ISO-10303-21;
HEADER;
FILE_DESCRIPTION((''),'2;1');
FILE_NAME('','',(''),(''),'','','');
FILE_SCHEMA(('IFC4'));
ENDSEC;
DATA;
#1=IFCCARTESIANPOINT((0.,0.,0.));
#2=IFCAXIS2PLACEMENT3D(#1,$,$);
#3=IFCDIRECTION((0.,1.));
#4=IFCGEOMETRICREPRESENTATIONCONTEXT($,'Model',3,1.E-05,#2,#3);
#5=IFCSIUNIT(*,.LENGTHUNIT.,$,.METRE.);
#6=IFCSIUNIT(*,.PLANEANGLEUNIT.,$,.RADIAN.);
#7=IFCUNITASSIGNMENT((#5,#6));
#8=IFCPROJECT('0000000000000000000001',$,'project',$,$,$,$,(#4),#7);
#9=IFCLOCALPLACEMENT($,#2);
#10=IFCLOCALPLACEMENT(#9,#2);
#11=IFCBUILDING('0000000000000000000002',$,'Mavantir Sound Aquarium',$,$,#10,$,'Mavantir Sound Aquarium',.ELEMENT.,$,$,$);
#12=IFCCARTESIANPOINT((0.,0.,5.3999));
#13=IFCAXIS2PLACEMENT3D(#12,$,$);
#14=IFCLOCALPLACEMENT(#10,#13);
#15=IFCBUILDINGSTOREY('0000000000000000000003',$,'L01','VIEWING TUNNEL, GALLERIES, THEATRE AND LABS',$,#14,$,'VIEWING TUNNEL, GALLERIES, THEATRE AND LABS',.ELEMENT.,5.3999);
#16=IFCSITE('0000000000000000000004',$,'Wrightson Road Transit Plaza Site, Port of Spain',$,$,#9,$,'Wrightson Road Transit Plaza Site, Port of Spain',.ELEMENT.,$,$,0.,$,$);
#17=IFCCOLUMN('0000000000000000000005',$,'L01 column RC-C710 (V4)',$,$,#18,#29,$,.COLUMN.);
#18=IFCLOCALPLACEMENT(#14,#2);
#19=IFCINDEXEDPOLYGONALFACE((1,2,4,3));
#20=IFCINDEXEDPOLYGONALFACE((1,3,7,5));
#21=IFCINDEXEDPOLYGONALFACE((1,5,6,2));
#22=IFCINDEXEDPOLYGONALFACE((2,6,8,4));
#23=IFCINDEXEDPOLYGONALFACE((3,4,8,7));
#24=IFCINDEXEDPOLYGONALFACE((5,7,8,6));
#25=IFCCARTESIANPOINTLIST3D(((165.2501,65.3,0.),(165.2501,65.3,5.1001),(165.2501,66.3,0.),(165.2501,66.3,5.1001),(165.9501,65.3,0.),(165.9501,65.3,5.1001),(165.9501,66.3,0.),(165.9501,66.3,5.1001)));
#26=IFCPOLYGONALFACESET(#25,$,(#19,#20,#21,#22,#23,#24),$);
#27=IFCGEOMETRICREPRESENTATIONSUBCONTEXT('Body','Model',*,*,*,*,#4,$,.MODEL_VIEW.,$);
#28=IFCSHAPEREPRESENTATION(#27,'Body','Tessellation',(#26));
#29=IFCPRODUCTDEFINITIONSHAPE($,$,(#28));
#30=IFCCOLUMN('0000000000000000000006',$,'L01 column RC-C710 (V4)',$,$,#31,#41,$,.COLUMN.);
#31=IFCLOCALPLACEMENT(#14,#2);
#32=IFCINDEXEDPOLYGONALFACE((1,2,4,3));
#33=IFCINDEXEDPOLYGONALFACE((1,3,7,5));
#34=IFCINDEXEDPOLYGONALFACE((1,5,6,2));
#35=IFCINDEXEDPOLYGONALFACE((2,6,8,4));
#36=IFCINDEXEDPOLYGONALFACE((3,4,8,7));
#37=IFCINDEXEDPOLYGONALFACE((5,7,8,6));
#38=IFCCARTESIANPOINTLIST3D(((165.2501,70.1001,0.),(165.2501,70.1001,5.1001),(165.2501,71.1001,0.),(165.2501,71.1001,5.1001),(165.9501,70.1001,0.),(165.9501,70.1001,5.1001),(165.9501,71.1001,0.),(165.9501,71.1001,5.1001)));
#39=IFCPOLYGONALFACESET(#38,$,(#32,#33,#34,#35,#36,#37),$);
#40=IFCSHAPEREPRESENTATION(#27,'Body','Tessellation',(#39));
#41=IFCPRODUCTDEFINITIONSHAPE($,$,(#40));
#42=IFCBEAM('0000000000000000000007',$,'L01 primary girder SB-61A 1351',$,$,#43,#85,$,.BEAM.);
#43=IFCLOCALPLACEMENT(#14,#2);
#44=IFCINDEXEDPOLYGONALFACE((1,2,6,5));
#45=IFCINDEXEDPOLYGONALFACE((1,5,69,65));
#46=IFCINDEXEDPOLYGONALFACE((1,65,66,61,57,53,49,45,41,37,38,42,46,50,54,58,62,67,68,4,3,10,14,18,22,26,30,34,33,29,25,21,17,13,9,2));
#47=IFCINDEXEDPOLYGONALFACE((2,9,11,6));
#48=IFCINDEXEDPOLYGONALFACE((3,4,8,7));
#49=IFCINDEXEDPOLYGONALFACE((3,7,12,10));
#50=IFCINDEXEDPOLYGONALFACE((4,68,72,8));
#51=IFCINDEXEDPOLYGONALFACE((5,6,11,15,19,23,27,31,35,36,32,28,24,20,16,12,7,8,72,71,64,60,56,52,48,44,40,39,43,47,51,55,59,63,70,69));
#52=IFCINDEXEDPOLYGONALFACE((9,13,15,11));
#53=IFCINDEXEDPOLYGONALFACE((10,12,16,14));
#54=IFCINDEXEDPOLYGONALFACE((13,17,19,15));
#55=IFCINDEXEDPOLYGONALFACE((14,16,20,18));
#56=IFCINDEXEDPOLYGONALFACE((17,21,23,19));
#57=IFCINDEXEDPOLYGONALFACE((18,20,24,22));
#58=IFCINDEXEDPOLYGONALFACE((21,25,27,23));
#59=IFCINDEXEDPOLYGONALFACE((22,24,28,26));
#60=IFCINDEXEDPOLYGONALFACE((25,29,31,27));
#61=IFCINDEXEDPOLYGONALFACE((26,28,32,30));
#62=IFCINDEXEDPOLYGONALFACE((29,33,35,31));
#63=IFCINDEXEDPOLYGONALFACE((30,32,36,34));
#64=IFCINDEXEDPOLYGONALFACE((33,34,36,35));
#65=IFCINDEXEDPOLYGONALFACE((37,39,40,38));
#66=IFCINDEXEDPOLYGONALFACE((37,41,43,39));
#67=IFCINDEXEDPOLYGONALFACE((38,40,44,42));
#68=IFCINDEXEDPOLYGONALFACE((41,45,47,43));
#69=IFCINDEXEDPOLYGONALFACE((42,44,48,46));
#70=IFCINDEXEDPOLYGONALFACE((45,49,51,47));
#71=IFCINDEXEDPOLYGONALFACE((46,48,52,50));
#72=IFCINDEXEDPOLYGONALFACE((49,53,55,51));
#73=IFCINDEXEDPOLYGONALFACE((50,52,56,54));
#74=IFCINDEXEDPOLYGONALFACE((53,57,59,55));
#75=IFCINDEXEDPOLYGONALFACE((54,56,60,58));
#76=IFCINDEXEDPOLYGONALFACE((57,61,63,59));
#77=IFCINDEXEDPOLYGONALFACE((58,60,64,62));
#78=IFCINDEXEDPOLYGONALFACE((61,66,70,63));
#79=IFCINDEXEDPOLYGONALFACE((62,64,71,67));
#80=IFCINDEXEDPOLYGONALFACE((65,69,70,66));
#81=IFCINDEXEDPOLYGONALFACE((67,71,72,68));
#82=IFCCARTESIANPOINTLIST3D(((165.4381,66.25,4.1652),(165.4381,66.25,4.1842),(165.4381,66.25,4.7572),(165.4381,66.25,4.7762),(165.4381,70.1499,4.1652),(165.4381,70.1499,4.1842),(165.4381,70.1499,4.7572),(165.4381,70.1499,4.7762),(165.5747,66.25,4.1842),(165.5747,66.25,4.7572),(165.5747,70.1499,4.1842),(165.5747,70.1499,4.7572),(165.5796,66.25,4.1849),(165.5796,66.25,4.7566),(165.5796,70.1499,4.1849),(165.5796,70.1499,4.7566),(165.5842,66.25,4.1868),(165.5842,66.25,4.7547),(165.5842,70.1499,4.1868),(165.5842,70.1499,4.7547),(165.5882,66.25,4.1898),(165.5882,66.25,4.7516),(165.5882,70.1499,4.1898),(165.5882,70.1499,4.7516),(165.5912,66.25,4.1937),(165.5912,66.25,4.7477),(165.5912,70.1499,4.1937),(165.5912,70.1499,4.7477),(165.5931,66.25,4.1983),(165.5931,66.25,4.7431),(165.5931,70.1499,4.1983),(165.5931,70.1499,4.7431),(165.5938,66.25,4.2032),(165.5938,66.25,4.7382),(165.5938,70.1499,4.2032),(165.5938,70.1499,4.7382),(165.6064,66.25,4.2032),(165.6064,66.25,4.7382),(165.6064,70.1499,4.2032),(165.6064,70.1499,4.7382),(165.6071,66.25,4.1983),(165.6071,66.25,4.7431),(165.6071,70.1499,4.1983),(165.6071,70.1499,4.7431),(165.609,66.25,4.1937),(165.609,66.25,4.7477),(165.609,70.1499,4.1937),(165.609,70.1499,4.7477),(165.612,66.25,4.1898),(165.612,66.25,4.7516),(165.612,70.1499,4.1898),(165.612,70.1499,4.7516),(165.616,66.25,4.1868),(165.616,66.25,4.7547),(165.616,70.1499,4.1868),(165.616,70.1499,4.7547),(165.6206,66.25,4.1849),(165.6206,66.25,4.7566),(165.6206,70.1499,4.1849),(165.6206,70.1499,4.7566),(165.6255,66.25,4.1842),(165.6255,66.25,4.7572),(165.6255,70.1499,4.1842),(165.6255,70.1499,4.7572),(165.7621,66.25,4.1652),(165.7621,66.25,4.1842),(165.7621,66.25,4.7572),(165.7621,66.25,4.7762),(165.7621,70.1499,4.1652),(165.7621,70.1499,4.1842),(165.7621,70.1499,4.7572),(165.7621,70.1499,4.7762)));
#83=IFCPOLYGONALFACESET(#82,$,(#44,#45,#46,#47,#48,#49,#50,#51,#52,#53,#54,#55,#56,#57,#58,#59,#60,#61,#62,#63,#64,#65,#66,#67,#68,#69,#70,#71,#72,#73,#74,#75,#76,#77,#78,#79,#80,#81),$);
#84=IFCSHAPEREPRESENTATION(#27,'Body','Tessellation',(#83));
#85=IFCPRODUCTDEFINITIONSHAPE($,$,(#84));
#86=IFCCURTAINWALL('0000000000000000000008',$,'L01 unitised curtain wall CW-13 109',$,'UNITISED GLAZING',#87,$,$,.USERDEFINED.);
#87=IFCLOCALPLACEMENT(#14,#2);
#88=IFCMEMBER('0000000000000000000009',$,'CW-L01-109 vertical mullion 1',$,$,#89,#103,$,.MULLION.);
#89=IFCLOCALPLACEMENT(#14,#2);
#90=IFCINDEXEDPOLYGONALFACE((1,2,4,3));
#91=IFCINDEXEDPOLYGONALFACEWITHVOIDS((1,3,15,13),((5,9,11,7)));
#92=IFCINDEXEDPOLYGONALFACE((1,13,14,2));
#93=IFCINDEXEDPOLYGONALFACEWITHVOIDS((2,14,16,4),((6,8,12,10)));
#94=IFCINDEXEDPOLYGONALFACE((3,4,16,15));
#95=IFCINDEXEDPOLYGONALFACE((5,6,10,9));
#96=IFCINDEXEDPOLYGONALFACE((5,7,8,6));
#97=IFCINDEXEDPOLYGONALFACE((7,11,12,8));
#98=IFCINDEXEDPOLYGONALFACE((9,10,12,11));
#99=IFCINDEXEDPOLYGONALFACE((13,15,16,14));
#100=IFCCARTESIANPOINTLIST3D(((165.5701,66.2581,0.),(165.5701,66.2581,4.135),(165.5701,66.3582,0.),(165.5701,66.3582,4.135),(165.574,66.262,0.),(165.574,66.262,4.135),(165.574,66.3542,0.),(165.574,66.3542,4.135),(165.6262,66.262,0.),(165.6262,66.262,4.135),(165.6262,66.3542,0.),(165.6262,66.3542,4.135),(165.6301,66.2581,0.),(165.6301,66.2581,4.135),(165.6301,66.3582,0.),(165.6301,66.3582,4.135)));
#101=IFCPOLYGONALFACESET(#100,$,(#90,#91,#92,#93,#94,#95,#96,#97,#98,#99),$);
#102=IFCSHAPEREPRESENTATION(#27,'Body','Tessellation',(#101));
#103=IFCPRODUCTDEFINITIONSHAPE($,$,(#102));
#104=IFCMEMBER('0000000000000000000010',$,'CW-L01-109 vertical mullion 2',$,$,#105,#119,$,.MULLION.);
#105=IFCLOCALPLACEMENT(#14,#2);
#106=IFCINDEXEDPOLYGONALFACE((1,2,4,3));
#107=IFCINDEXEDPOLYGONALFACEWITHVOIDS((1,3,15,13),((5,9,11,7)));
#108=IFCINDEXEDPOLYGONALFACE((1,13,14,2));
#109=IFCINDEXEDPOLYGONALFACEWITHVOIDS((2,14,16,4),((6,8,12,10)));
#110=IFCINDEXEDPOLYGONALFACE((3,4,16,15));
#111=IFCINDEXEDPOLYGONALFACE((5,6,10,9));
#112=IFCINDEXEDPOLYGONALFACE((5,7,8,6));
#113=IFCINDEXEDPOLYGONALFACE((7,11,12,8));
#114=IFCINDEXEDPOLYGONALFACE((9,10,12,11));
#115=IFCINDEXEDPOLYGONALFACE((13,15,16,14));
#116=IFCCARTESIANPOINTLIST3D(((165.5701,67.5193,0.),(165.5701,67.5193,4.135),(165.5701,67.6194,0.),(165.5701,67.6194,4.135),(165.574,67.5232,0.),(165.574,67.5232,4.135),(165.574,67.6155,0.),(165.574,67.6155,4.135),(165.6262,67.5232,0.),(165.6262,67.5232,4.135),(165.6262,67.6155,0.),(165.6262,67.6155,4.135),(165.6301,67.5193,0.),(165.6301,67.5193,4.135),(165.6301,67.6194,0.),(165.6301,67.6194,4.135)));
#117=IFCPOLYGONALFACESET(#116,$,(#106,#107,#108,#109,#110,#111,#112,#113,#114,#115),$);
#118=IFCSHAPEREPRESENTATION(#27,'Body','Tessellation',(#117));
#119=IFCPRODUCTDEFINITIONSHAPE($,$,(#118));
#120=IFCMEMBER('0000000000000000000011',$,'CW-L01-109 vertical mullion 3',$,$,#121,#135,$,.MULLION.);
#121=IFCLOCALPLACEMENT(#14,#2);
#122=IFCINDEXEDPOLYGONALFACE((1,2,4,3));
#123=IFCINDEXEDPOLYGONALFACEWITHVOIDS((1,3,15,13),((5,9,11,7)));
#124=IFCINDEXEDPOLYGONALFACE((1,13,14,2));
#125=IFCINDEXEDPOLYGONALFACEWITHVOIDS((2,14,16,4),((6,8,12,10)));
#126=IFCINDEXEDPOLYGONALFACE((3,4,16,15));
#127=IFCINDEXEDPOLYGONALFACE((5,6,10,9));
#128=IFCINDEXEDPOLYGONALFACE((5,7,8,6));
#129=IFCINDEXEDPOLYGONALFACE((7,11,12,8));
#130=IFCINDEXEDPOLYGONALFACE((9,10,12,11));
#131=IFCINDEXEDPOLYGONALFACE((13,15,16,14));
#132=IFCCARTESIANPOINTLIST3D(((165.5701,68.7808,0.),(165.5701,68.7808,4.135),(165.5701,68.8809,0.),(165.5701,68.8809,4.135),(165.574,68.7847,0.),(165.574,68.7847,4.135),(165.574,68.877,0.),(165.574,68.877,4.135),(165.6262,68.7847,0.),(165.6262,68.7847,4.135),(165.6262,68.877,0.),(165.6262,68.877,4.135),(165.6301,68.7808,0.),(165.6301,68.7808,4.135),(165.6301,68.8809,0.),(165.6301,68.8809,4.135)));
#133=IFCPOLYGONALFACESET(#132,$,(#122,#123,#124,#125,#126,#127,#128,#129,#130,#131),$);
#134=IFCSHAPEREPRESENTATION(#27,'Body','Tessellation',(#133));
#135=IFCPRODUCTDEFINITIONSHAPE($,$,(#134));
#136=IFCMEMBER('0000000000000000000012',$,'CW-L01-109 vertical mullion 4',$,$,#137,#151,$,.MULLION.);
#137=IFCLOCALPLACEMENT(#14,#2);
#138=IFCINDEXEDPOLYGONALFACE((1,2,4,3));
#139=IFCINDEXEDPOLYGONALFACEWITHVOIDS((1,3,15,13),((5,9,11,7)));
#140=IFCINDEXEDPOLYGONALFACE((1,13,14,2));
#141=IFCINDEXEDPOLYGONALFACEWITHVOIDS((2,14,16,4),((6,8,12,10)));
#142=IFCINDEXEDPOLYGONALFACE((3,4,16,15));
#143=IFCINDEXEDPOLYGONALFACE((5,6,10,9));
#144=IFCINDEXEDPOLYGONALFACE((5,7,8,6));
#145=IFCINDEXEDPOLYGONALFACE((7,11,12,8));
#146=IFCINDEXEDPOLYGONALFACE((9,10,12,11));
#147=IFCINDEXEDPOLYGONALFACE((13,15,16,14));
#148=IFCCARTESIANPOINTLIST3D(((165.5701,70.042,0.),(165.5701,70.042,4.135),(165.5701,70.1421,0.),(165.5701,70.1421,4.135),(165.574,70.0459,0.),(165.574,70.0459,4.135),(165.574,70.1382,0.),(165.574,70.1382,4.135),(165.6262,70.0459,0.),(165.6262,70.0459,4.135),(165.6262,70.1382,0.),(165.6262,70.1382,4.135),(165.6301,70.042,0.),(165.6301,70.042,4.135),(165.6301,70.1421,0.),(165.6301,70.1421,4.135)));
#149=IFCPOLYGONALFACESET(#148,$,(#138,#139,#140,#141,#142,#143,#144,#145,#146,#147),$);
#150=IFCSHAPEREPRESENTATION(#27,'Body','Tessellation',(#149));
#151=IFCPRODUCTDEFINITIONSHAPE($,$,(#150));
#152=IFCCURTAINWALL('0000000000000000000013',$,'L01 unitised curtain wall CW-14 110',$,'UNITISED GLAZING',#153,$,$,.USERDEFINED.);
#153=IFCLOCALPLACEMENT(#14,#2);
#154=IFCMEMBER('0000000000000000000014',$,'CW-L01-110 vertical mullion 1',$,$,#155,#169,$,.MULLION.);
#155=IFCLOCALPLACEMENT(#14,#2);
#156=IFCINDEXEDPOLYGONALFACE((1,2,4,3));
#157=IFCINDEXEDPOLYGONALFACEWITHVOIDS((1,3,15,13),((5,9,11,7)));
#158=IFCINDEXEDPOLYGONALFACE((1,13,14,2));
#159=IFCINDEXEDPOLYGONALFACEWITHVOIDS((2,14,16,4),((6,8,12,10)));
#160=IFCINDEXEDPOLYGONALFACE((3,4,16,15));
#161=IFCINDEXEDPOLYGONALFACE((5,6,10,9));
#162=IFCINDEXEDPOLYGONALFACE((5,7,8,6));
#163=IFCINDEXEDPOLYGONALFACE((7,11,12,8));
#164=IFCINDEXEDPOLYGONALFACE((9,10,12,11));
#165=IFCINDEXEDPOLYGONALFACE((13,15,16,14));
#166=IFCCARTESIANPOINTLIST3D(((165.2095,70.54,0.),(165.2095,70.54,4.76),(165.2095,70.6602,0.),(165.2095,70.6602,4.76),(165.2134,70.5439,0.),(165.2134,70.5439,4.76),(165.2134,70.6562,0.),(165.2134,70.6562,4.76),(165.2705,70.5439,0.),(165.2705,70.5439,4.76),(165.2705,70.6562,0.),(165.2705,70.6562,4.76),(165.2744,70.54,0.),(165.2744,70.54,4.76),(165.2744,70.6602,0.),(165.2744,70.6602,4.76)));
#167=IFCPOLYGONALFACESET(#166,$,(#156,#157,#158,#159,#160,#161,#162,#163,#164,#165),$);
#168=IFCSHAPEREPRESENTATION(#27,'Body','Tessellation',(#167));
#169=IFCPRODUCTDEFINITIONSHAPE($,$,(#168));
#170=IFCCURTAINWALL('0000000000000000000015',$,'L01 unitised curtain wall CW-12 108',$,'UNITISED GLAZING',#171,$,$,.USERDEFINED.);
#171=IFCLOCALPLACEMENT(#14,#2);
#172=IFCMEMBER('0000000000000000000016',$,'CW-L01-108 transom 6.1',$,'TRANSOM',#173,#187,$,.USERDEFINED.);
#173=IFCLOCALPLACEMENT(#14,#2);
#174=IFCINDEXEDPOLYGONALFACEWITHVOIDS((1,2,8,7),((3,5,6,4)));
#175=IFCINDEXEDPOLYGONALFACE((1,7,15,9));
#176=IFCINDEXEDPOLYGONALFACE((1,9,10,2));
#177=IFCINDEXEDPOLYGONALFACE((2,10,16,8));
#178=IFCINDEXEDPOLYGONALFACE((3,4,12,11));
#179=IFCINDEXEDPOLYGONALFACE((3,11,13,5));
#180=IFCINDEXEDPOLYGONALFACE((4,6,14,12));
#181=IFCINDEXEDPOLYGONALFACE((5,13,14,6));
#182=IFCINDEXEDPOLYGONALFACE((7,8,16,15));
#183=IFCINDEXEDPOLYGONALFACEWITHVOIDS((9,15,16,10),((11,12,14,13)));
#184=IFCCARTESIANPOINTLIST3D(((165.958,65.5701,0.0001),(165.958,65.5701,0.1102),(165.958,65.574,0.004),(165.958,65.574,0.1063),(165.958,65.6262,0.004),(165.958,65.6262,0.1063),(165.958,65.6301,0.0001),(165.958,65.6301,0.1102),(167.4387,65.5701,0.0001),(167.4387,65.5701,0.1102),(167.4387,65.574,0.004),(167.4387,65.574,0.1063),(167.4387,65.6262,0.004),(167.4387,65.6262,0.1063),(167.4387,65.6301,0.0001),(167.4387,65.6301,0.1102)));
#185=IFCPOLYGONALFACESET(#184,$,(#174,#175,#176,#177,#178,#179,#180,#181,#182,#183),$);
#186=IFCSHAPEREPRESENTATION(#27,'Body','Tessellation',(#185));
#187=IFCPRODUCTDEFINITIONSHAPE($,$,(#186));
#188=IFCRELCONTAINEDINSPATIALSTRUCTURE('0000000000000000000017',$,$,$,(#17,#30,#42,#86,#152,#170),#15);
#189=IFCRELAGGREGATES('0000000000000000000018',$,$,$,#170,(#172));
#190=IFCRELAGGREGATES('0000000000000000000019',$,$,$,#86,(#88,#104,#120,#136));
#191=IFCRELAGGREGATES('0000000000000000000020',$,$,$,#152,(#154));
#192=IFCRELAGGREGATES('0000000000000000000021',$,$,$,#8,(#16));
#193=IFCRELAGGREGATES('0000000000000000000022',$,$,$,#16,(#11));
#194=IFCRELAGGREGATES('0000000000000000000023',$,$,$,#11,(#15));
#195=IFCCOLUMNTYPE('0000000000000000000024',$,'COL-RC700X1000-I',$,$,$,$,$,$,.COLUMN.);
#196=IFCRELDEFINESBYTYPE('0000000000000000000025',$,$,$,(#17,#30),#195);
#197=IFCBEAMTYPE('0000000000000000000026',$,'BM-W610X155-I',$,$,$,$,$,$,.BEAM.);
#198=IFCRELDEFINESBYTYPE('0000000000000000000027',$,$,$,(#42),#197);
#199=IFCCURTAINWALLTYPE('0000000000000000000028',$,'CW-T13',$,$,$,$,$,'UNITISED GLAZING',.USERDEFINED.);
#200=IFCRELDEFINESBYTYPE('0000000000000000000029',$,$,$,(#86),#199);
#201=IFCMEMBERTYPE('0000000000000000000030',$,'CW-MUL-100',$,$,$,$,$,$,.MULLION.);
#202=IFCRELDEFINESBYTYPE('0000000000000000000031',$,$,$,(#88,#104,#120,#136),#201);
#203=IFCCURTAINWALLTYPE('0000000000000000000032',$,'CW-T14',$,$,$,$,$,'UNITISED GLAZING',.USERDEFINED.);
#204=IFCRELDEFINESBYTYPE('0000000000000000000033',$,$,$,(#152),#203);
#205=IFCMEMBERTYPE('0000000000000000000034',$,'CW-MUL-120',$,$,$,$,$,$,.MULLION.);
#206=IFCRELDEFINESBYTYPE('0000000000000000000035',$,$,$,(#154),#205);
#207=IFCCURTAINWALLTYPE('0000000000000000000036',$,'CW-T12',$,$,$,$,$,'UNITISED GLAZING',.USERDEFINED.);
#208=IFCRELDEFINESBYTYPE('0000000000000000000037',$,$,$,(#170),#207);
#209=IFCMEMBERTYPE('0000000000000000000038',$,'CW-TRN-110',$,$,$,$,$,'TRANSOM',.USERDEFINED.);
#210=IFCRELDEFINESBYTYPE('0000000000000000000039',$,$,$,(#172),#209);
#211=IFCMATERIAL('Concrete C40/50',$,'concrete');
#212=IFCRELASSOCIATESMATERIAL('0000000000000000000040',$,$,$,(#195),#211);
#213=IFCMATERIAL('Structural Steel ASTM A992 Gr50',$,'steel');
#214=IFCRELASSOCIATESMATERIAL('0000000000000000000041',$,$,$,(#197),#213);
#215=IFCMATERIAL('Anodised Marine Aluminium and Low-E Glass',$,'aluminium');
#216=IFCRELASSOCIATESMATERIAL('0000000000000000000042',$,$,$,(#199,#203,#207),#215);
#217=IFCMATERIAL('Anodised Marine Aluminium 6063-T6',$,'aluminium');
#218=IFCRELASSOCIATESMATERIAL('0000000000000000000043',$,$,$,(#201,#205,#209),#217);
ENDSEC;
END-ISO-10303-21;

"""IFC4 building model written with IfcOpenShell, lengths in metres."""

from ifc_helpers import new_model, si_unit, direction, frame, origin, origin_2d, place, context, subcontext, project, spatial, rectangle, hollow_rectangle, i_section, extrude, material, material_profile, profile_set, type_object, element, aggregate, save


model = new_model("IFC4")

# Units and contexts
model_context = context("Model", 3, precision=1e-05, world=origin(), true_north=direction((0.0, 1.0)))
body_context = subcontext(model_context, "Body", "Model", "MODEL_VIEW")
ifc_project = project(units=[si_unit("LENGTHUNIT", "METRE"), si_unit("PLANEANGLEUNIT", "RADIAN")], contexts=[model_context])

# Site, building, storey
site_placement = place(None, origin())
site = spatial("IfcSite", under=ifc_project, at=site_placement, Name="Wrightson Road Transit Plaza Site, Port of Spain", LongName="Wrightson Road Transit Plaza Site, Port of Spain", CompositionType="ELEMENT", RefElevation=0.0)
building_placement = place(site_placement, origin())
building = spatial("IfcBuilding", under=site, at=building_placement, Name="Mavantir Sound Aquarium", LongName="Mavantir Sound Aquarium", CompositionType="ELEMENT")
storey_placement = place(building_placement, frame((0.0, 0.0, 5.3999)))
storey = spatial("IfcBuildingStorey", under=building, at=storey_placement, Name="L01", Description="VIEWING TUNNEL, GALLERIES, THEATRE AND LABS", LongName="VIEWING TUNNEL, GALLERIES, THEATRE AND LABS", CompositionType="ELEMENT", Elevation=5.3999)

# Columns
ifc_material_1 = material(Name="Concrete C40/50", Category="concrete")
ifc_material_profile_1 = material_profile(ifc_material_1, rectangle(XDim=0.7, YDim=1.0, at=origin_2d()), Name="RC 700X1000")
ifc_profile_set_1 = profile_set([ifc_material_profile_1], Name="Concrete C40/50")
column_type = type_object("IfcColumnType", Name="COL-RC700X1000-I", PredefinedType="COLUMN", material=ifc_profile_set_1)
for number, where, z_axis, x_axis, name in (
    (1, (165.6001, 65.8, 0.0), (0.0, 0.0, 1.0), (1.0, 0.0, 0.0), "L01 column RC-C710 (V4)"),
    (2, (165.6001, 70.6001, 0.0), (0.0, 0.0, 1.0), (1.0, 0.0, 0.0), "L01 column RC-C710 (V4)"),
):
    element("IfcColumn", number, at=place(storey_placement, frame(where, z_axis=z_axis, x_axis=x_axis)), inside=storey, type_object=column_type, Name=name, PredefinedType="COLUMN", context=body_context, shape_type="SweptSolid", body=[
        extrude(rectangle(XDim=0.7, YDim=1.0, at=origin_2d()), origin(), (0.0, 0.0, 1.0), 5.1001),
    ])

# Beam
ifc_material_2 = material(Name="Structural Steel ASTM A992 Gr50", Category="steel")
ifc_material_profile_2 = material_profile(ifc_material_2, i_section(OverallWidth=0.324, OverallDepth=0.6111, WebThickness=0.0127, FlangeThickness=0.019, FilletRadius=0.019, at=origin_2d()), Name="W610X155")
ifc_profile_set_2 = profile_set([ifc_material_profile_2], Name="Structural Steel ASTM A992 Gr50")
beam_type = type_object("IfcBeamType", Name="BM-W610X155-I", PredefinedType="BEAM", material=ifc_profile_set_2)
beam_placement = place(storey_placement, frame((165.6001, 66.25, 4.4707), z_axis=(0.0, 1.0, 0.0), x_axis=(-1.0, 0.0, 0.0)))
element("IfcBeam", 3, at=beam_placement, inside=storey, type_object=beam_type, Name="L01 primary girder SB-61A 1351", PredefinedType="BEAM", context=body_context, shape_type="SweptSolid", body=[
    extrude(i_section(OverallWidth=0.324, OverallDepth=0.6111, WebThickness=0.0127, FlangeThickness=0.019, FilletRadius=0.019, at=origin_2d()), origin(), (0.0, 0.0, 1.0), 3.8999),
])

# Curtain wall, members
ifc_material_3 = material(Name="Anodised Marine Aluminium and Low-E Glass", Category="aluminium")
curtain_wall_type_1 = type_object("IfcCurtainWallType", Name="CW-T13", ElementType="UNITISED GLAZING", PredefinedType="USERDEFINED", material=ifc_material_3)
curtain_wall_1_placement = place(storey_placement, origin())
curtain_wall_1 = element("IfcCurtainWall", 4, at=curtain_wall_1_placement, inside=storey, type_object=curtain_wall_type_1, Name="L01 unitised curtain wall CW-13 109", ObjectType="UNITISED GLAZING", PredefinedType="USERDEFINED")
ifc_material_4 = material(Name="Anodised Marine Aluminium 6063-T6", Category="aluminium")
ifc_material_profile_3 = material_profile(ifc_material_4, hollow_rectangle(XDim=0.0601, YDim=0.1001, WallThickness=0.0039, at=origin_2d()), Name="ALU-MULLION-100X60")
ifc_profile_set_3 = profile_set([ifc_material_profile_3], Name="Anodised Marine Aluminium 6063-T6")
member_type_1 = type_object("IfcMemberType", Name="CW-MUL-100", PredefinedType="MULLION", material=ifc_profile_set_3)
member_1_placement = place(storey_placement, frame((165.6001, 66.3081, 0.0), z_axis=(0.0, 0.0, 1.0), x_axis=(1.0, 0.0, 0.0)))
member_1 = element("IfcMember", 5, at=member_1_placement, type_object=member_type_1, Name="CW-L01-109 vertical mullion 1", PredefinedType="MULLION", context=body_context, shape_type="SweptSolid", body=[
    extrude(hollow_rectangle(XDim=0.0601, YDim=0.1001, WallThickness=0.0039, at=origin_2d()), origin(), (0.0, 0.0, 1.0), 4.135),
])
member_2_placement = place(storey_placement, frame((165.6001, 67.5693, 0.0), z_axis=(0.0, 0.0, 1.0), x_axis=(1.0, 0.0, 0.0)))
member_2 = element("IfcMember", 6, at=member_2_placement, type_object=member_type_1, Name="CW-L01-109 vertical mullion 2", PredefinedType="MULLION", context=body_context, shape_type="SweptSolid", body=[
    extrude(hollow_rectangle(XDim=0.0601, YDim=0.1001, WallThickness=0.0039, at=origin_2d()), origin(), (0.0, 0.0, 1.0), 4.135),
])
member_3_placement = place(storey_placement, frame((165.6001, 68.8308, 0.0), z_axis=(0.0, 0.0, 1.0), x_axis=(1.0, 0.0, 0.0)))
member_3 = element("IfcMember", 7, at=member_3_placement, type_object=member_type_1, Name="CW-L01-109 vertical mullion 3", PredefinedType="MULLION", context=body_context, shape_type="SweptSolid", body=[
    extrude(hollow_rectangle(XDim=0.0601, YDim=0.1001, WallThickness=0.0039, at=origin_2d()), origin(), (0.0, 0.0, 1.0), 4.135),
])
member_4_placement = place(storey_placement, frame((165.6001, 70.092, 0.0), z_axis=(0.0, 0.0, 1.0), x_axis=(1.0, 0.0, 0.0)))
member_4 = element("IfcMember", 8, at=member_4_placement, type_object=member_type_1, Name="CW-L01-109 vertical mullion 4", PredefinedType="MULLION", context=body_context, shape_type="SweptSolid", body=[
    extrude(hollow_rectangle(XDim=0.0601, YDim=0.1001, WallThickness=0.0039, at=origin_2d()), origin(), (0.0, 0.0, 1.0), 4.135),
])

# Curtain wall, member
curtain_wall_type_2 = type_object("IfcCurtainWallType", Name="CW-T14", ElementType="UNITISED GLAZING", PredefinedType="USERDEFINED", material=ifc_material_3)
curtain_wall_2_placement = place(storey_placement, origin())
curtain_wall_2 = element("IfcCurtainWall", 9, at=curtain_wall_2_placement, inside=storey, type_object=curtain_wall_type_2, Name="L01 unitised curtain wall CW-14 110", ObjectType="UNITISED GLAZING", PredefinedType="USERDEFINED")
ifc_material_profile_4 = material_profile(ifc_material_4, hollow_rectangle(XDim=0.0649, YDim=0.1201, WallThickness=0.0039, at=origin_2d()), Name="ALU-MULLION-120X65")
ifc_profile_set_4 = profile_set([ifc_material_profile_4], Name="Anodised Marine Aluminium 6063-T6")
member_type_2 = type_object("IfcMemberType", Name="CW-MUL-120", PredefinedType="MULLION", material=ifc_profile_set_4)
member_5_placement = place(storey_placement, frame((165.2419, 70.6001, 0.0), z_axis=(0.0, 0.0, 1.0), x_axis=(1.0, 0.0, 0.0)))
member_5 = element("IfcMember", 10, at=member_5_placement, type_object=member_type_2, Name="CW-L01-110 vertical mullion 1", PredefinedType="MULLION", context=body_context, shape_type="SweptSolid", body=[
    extrude(hollow_rectangle(XDim=0.0649, YDim=0.1201, WallThickness=0.0039, at=origin_2d()), origin(), (0.0, 0.0, 1.0), 4.76),
])

# Curtain wall, member
curtain_wall_type_3 = type_object("IfcCurtainWallType", Name="CW-T12", ElementType="UNITISED GLAZING", PredefinedType="USERDEFINED", material=ifc_material_3)
curtain_wall_3_placement = place(storey_placement, origin())
curtain_wall_3 = element("IfcCurtainWall", 11, at=curtain_wall_3_placement, inside=storey, type_object=curtain_wall_type_3, Name="L01 unitised curtain wall CW-12 108", ObjectType="UNITISED GLAZING", PredefinedType="USERDEFINED")
ifc_material_profile_5 = material_profile(ifc_material_4, hollow_rectangle(XDim=0.0601, YDim=0.1101, WallThickness=0.0039, at=origin_2d()), Name="ALU-TRANSOM-110X60")
ifc_profile_set_5 = profile_set([ifc_material_profile_5], Name="Anodised Marine Aluminium 6063-T6")
member_type_3 = type_object("IfcMemberType", Name="CW-TRN-110", ElementType="TRANSOM", PredefinedType="USERDEFINED", material=ifc_profile_set_5)
member_6_placement = place(storey_placement, frame((167.4387, 65.6001, 0.0552), z_axis=(-1.0, 0.0, 0.0), x_axis=(0.0, -1.0, 0.0)))
member_6 = element("IfcMember", 12, at=member_6_placement, type_object=member_type_3, Name="CW-L01-108 transom 6.1", ObjectType="TRANSOM", PredefinedType="USERDEFINED", context=body_context, shape_type="SweptSolid", body=[
    extrude(hollow_rectangle(XDim=0.0601, YDim=0.1101, WallThickness=0.0039, at=origin_2d()), origin(), (0.0, 0.0, 1.0), 1.4807),
])
aggregate(curtain_wall_3, [member_6])

aggregate(curtain_wall_1, [member_1, member_2, member_3, member_4])
aggregate(curtain_wall_2, [member_5])

save(model, "model.ifc")
